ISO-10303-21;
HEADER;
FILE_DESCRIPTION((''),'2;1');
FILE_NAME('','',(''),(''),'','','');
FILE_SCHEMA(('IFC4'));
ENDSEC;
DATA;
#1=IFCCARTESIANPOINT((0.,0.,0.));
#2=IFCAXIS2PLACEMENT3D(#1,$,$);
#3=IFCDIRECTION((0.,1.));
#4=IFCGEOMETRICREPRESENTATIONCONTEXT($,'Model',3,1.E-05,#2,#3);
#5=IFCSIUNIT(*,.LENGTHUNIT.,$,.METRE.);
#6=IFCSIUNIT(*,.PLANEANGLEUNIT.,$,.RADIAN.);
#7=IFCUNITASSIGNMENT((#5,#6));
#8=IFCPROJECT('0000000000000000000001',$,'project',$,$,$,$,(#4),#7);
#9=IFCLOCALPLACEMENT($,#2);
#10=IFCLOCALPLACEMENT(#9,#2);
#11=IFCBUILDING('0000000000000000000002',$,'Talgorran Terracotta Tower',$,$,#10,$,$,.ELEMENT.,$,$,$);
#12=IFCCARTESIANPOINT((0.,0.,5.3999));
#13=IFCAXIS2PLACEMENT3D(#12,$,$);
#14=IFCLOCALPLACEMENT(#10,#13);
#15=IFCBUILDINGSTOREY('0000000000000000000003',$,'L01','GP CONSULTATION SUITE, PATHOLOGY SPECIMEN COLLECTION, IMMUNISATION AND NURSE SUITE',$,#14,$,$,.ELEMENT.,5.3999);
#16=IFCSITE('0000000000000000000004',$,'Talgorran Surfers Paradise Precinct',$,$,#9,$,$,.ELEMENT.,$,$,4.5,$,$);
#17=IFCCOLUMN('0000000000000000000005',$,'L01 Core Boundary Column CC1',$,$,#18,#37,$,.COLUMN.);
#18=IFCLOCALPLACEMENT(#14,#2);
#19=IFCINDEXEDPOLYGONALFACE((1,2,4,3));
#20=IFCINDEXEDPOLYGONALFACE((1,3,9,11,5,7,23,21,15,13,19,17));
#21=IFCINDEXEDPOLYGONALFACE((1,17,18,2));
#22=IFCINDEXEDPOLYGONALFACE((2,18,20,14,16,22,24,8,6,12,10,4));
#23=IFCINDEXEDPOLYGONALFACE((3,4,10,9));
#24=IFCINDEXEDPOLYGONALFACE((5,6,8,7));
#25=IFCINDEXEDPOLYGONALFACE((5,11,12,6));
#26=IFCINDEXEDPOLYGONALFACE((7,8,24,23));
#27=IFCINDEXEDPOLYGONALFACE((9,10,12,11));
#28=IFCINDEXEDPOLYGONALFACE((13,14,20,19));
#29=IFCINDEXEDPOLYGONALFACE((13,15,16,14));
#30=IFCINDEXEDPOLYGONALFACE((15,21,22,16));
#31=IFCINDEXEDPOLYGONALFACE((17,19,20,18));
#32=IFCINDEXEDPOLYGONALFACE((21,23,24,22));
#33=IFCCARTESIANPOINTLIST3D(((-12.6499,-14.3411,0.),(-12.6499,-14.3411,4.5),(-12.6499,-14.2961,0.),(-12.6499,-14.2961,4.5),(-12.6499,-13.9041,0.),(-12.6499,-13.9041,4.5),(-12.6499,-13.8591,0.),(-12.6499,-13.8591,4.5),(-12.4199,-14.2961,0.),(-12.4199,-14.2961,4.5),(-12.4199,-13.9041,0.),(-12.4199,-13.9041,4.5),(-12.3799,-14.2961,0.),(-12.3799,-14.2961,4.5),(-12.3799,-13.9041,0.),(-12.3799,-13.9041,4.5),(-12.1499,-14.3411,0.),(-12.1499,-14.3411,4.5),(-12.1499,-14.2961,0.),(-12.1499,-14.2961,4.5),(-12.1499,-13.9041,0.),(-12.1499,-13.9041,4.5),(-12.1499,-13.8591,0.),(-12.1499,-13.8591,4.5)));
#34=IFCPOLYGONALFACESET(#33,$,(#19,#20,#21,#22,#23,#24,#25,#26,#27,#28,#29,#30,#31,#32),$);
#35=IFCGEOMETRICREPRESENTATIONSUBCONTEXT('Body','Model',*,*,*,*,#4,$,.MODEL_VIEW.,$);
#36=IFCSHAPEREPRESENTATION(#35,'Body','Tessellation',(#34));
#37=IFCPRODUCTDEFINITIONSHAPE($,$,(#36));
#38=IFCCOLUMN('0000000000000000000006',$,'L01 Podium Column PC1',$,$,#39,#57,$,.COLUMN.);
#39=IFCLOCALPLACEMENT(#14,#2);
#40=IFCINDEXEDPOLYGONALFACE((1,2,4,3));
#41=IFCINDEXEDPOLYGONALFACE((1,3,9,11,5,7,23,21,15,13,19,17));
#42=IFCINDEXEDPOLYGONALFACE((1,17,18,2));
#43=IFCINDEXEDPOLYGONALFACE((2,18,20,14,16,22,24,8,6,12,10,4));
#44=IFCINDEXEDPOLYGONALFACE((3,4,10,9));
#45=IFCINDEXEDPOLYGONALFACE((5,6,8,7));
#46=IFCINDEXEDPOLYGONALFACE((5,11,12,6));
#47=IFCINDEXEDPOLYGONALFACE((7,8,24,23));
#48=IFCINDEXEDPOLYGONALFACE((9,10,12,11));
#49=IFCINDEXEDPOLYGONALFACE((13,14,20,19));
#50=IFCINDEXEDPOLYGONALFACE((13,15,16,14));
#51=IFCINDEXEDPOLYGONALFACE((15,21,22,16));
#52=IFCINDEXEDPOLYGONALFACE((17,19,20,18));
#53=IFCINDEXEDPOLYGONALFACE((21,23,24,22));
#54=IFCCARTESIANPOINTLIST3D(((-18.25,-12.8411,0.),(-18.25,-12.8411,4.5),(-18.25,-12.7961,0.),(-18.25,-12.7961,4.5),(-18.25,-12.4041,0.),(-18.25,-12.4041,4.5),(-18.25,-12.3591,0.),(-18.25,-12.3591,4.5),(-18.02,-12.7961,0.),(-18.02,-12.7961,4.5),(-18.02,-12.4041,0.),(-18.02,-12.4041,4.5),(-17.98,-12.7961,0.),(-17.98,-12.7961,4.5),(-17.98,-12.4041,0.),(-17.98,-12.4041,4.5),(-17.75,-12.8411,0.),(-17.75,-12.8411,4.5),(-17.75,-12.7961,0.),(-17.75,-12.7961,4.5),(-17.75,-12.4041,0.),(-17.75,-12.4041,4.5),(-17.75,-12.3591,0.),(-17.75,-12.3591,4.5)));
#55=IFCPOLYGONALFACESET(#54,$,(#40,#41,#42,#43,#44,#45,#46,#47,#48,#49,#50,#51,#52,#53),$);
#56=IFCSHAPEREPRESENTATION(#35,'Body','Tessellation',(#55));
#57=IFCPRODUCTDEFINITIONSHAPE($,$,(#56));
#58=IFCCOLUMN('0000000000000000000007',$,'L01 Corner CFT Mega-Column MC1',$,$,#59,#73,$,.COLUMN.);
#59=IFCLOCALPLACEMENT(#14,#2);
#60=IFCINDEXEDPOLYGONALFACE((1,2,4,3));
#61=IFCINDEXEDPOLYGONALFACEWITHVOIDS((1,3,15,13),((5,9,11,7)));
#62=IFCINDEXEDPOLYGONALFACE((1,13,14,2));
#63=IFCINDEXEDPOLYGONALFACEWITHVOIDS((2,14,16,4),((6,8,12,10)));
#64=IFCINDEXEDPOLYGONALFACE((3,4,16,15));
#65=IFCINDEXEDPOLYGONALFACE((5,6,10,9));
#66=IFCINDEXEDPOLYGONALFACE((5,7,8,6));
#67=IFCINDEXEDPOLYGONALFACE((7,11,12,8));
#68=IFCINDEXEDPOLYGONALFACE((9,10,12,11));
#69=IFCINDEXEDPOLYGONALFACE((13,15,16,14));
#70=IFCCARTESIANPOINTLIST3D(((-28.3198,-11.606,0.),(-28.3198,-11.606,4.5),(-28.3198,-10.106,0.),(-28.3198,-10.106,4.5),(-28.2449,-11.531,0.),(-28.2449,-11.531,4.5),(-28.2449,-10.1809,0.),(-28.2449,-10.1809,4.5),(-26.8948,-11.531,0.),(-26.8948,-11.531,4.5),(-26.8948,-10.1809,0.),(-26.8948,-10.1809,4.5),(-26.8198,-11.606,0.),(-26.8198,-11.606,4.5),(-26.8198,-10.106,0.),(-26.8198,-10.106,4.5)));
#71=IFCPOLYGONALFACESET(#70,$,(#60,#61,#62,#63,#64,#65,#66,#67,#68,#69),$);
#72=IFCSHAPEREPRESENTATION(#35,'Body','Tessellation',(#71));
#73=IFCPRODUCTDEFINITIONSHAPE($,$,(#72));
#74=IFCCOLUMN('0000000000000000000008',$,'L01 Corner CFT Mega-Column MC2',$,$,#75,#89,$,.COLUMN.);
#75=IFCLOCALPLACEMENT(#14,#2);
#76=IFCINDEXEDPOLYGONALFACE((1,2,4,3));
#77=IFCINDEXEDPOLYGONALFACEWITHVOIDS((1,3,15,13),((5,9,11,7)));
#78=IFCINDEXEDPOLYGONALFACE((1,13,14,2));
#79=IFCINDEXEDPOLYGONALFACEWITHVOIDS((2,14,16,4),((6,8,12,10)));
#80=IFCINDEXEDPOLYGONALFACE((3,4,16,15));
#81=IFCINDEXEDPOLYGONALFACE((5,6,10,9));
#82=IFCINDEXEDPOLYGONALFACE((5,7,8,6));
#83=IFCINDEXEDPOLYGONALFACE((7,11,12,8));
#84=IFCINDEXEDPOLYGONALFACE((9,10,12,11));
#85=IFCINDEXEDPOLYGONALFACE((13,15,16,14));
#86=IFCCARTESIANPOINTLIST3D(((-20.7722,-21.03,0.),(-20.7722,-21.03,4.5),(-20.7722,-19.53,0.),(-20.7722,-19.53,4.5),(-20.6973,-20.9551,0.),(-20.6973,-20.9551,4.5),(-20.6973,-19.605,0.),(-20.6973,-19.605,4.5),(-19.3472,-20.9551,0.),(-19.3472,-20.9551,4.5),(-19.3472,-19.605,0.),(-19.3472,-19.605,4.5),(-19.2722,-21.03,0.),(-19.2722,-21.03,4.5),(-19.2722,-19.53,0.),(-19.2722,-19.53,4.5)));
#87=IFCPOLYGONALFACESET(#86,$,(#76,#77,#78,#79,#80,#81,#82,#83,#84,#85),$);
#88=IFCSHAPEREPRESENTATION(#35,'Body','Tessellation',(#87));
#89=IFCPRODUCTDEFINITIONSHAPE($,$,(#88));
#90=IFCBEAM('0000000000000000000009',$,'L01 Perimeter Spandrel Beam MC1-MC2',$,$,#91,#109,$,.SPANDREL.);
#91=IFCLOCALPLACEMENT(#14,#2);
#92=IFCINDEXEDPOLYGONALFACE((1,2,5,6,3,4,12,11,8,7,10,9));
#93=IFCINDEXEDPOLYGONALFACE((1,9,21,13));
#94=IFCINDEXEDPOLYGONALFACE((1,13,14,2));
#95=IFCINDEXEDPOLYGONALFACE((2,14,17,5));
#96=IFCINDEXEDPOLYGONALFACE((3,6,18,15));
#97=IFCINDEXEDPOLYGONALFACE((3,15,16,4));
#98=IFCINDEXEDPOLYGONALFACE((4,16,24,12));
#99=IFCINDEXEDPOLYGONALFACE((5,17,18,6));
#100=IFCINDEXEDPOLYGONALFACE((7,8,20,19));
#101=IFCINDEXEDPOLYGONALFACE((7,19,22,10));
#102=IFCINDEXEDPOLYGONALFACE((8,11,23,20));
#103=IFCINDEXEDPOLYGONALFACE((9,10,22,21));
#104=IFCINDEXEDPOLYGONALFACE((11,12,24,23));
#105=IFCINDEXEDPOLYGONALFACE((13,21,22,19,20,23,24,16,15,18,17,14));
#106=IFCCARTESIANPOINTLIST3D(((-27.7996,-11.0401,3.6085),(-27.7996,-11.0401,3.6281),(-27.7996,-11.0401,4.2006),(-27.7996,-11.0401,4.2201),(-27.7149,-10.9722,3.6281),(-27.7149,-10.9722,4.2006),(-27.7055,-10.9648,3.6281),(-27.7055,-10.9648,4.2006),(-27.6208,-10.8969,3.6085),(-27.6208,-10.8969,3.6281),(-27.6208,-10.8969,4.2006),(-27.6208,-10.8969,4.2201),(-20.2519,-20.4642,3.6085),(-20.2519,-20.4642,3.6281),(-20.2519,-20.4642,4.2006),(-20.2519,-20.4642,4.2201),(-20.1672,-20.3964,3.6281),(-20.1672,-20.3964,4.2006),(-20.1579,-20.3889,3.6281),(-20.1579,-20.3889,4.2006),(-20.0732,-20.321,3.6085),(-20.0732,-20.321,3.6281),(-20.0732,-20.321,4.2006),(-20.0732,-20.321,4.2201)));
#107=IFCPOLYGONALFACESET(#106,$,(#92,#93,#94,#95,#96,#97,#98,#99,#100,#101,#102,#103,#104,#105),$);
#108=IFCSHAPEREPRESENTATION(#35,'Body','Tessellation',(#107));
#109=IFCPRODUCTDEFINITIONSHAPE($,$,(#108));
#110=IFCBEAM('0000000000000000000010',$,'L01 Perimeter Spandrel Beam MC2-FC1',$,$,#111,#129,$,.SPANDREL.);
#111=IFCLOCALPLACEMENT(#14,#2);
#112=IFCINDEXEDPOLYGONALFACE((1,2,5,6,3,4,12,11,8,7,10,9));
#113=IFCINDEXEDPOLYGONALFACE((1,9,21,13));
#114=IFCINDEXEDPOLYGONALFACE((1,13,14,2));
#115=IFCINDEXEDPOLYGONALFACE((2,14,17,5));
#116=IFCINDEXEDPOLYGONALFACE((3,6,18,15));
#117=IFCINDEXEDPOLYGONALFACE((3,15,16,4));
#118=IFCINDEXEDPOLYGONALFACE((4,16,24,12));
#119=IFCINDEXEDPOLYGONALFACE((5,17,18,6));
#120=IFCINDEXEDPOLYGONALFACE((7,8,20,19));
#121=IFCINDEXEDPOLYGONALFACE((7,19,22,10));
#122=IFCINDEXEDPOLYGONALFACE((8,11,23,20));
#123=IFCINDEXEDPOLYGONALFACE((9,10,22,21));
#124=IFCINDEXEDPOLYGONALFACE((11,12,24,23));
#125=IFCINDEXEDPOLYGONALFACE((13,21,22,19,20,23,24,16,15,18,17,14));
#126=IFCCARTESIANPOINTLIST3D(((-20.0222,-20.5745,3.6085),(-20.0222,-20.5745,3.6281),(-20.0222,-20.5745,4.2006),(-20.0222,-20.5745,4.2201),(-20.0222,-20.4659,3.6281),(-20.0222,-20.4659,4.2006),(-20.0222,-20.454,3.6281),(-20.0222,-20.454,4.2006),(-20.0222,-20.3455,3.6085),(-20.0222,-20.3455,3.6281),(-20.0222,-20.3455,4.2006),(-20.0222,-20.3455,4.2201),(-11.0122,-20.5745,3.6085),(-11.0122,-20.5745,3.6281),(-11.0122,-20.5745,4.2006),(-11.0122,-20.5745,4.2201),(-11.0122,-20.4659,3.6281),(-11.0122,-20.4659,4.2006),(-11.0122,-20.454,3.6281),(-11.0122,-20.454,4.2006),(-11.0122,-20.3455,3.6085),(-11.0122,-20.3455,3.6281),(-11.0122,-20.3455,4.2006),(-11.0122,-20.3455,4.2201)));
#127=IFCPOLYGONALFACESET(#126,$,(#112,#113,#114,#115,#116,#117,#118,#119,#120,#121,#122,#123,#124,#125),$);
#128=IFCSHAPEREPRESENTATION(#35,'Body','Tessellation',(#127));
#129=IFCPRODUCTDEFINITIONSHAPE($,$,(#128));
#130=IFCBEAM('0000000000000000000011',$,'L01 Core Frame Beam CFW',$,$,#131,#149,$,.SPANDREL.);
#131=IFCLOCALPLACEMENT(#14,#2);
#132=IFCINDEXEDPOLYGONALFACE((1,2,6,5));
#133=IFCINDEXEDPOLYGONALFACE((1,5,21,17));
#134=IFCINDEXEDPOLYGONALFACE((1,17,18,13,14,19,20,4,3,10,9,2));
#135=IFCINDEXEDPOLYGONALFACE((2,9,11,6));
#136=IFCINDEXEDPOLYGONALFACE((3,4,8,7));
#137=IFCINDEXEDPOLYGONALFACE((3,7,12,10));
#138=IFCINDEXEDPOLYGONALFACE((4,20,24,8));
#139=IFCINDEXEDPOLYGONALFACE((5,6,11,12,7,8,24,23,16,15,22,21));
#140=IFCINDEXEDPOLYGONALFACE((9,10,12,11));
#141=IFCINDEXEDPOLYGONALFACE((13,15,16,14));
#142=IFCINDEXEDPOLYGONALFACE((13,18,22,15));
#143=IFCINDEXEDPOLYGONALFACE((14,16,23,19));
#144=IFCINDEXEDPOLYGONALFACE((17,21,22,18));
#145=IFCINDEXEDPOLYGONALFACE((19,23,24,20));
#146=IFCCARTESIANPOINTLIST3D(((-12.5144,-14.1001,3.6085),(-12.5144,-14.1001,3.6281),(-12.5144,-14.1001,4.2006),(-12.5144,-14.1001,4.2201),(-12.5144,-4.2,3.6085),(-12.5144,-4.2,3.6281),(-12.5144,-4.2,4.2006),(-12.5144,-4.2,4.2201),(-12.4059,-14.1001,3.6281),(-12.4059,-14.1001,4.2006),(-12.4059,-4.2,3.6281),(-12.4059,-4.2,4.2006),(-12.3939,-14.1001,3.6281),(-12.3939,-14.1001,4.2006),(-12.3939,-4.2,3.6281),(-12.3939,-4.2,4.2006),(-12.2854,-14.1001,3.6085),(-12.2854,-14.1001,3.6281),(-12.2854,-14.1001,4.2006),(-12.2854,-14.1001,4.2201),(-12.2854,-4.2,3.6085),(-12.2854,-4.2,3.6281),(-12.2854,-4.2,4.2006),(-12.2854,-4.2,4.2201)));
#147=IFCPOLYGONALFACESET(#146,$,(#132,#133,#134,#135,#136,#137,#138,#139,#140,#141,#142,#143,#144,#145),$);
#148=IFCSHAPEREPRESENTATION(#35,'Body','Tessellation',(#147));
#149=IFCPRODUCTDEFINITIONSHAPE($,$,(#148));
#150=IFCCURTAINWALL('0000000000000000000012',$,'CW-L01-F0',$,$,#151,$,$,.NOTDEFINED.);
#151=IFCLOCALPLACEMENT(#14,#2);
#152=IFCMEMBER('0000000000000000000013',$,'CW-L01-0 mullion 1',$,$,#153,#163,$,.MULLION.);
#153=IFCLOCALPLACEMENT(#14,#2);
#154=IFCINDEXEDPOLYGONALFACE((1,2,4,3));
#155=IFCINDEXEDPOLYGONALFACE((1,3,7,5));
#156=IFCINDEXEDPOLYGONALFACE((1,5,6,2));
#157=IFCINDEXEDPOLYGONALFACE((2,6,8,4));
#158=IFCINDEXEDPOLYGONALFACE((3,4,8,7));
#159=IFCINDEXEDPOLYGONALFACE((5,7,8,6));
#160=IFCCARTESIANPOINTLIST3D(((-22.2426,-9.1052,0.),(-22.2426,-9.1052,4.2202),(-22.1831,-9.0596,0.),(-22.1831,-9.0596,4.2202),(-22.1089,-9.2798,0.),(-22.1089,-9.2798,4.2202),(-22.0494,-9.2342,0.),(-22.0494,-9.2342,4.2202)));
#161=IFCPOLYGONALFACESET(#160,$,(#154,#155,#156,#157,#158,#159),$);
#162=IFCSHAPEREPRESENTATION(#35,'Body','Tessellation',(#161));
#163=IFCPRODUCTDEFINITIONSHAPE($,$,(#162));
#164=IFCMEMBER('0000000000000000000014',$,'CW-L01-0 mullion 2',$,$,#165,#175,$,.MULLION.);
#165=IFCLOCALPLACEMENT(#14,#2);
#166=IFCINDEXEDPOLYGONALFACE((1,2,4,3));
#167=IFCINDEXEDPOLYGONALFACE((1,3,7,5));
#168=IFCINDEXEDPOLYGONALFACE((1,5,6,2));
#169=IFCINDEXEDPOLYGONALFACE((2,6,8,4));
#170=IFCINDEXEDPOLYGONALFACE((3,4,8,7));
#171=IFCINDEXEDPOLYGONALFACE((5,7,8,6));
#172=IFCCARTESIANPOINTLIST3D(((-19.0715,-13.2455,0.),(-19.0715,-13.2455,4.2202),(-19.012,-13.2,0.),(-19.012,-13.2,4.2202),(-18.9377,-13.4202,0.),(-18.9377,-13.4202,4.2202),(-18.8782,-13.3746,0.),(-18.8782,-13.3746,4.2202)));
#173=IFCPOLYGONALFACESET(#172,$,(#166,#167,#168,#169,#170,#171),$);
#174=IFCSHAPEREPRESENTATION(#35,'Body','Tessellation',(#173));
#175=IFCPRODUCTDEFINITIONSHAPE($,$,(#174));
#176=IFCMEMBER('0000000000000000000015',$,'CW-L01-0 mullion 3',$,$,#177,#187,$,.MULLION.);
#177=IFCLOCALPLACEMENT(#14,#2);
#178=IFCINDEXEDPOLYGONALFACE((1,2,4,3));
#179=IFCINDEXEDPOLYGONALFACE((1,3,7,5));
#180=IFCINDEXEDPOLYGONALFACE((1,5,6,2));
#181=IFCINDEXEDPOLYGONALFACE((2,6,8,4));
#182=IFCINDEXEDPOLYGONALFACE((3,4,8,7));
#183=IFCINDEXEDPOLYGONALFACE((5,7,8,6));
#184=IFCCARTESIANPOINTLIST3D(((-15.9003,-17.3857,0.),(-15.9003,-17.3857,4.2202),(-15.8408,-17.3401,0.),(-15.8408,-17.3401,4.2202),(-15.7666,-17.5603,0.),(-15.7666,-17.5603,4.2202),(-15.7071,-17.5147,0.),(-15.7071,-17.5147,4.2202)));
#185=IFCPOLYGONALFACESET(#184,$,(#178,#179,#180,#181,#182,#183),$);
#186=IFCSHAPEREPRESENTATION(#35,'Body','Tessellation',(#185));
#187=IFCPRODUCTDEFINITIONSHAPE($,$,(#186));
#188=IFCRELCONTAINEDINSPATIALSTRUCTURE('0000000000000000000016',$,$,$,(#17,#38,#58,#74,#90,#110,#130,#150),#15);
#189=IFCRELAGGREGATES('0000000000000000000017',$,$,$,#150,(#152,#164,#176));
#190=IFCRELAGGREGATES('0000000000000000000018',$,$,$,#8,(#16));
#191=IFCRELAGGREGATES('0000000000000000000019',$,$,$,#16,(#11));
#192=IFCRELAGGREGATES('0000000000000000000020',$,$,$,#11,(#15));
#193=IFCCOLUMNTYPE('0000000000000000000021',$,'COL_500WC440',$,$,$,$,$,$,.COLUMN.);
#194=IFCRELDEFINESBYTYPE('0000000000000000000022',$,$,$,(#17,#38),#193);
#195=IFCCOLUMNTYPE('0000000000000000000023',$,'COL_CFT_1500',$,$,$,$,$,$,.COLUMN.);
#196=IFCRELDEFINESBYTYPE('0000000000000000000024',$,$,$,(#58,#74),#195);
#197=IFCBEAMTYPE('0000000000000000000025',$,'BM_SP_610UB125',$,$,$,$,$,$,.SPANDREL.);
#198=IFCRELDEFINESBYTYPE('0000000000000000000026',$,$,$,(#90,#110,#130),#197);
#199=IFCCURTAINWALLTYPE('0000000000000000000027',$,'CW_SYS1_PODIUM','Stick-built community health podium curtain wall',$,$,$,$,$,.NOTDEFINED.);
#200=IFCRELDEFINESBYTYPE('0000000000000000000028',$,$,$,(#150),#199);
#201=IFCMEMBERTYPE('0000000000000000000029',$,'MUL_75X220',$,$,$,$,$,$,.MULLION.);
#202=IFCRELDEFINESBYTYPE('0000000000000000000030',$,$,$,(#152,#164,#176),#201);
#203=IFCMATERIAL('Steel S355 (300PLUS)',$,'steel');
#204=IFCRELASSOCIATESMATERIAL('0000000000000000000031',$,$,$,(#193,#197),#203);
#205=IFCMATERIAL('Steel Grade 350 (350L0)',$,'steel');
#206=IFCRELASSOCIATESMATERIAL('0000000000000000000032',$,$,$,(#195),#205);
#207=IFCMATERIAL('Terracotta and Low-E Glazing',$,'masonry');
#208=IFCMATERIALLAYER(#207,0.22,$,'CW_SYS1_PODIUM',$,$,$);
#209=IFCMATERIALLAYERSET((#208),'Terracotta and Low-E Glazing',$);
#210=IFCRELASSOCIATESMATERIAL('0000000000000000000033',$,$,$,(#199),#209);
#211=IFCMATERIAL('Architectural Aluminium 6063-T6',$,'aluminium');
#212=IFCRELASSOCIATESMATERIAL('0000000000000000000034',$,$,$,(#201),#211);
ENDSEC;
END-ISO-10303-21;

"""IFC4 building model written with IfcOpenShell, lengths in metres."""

from ifc_helpers import new_model, si_unit, direction, frame, origin, origin_2d, place, context, subcontext, project, spatial, rectangle, hollow_rectangle, i_section, extrude, material, layer, layer_set, material_profile, profile_set, type_object, element, aggregate, save


model = new_model("IFC4")

# Units and contexts
model_context = context("Model", 3, precision=1e-05, world=origin(), true_north=direction((0.0, 1.0)))
body_context = subcontext(model_context, "Body", "Model", "MODEL_VIEW")
ifc_project = project(units=[si_unit("LENGTHUNIT", "METRE"), si_unit("PLANEANGLEUNIT", "RADIAN")], contexts=[model_context])

# Site, building, storey
site_placement = place(None, origin())
site = spatial("IfcSite", under=ifc_project, at=site_placement, Name="Talgorran Surfers Paradise Precinct", CompositionType="ELEMENT", RefElevation=4.5)
building_placement = place(site_placement, origin())
building = spatial("IfcBuilding", under=site, at=building_placement, Name="Talgorran Terracotta Tower", CompositionType="ELEMENT")
storey_placement = place(building_placement, frame((0.0, 0.0, 5.3999)))
storey = spatial("IfcBuildingStorey", under=building, at=storey_placement, Name="L01", Description="GP CONSULTATION SUITE, PATHOLOGY SPECIMEN COLLECTION, IMMUNISATION AND NURSE SUITE", CompositionType="ELEMENT", Elevation=5.3999)

# Columns
ifc_material_1 = material(Name="Steel S355 (300PLUS)", Category="steel")
ifc_material_profile_1 = material_profile(ifc_material_1, i_section(OverallWidth=0.5, OverallDepth=0.4819, WebThickness=0.04, FlangeThickness=0.0449, at=origin_2d()), Name="500WC440")
ifc_profile_set_1 = profile_set([ifc_material_profile_1], Name="Steel S355 (300PLUS)")
column_type_1 = type_object("IfcColumnType", Name="COL_500WC440", PredefinedType="COLUMN", material=ifc_profile_set_1)
for number, where, z_axis, x_axis, name in (
    (1, (-12.3999, -14.1001, 0.0), (0.0, 0.0, 1.0), (1.0, 0.0, 0.0), "L01 Core Boundary Column CC1"),
    (2, (-18.0, -12.6001, 0.0), (0.0, 0.0, 1.0), (1.0, 0.0, 0.0), "L01 Podium Column PC1"),
):
    element("IfcColumn", number, at=place(storey_placement, frame(where, z_axis=z_axis, x_axis=x_axis)), inside=storey, type_object=column_type_1, Name=name, PredefinedType="COLUMN", context=body_context, shape_type="SweptSolid", body=[
        extrude(i_section(OverallWidth=0.5, OverallDepth=0.4819, WebThickness=0.04, FlangeThickness=0.0449, at=origin_2d()), origin(), (0.0, 0.0, 1.0), 4.5),
    ])
ifc_material_2 = material(Name="Steel Grade 350 (350L0)", Category="steel")
ifc_material_profile_2 = material_profile(ifc_material_2, hollow_rectangle(XDim=1.5, YDim=1.5, WallThickness=0.075, at=origin_2d()), Name="CFT1500X1500X75")
ifc_profile_set_2 = profile_set([ifc_material_profile_2], Name="Steel Grade 350 (350L0)")
column_type_2 = type_object("IfcColumnType", Name="COL_CFT_1500", PredefinedType="COLUMN", material=ifc_profile_set_2)
for number, where, z_axis, x_axis, name in (
    (3, (-27.5698, -10.856, 0.0), (0.0, 0.0, 1.0), (1.0, 0.0, 0.0), "L01 Corner CFT Mega-Column MC1"),
    (4, (-20.0222, -20.28, 0.0), (0.0, 0.0, 1.0), (1.0, 0.0, 0.0), "L01 Corner CFT Mega-Column MC2"),
):
    element("IfcColumn", number, at=place(storey_placement, frame(where, z_axis=z_axis, x_axis=x_axis)), inside=storey, type_object=column_type_2, Name=name, PredefinedType="COLUMN", context=body_context, shape_type="SweptSolid", body=[
        extrude(hollow_rectangle(XDim=1.5, YDim=1.5, WallThickness=0.075, at=origin_2d()), origin(), (0.0, 0.0, 1.0), 4.5),
    ])

# Beams
ifc_material_profile_3 = material_profile(ifc_material_1, i_section(OverallWidth=0.229, OverallDepth=0.6116, WebThickness=0.012, FlangeThickness=0.0195, at=origin_2d()), Name="610UB125")
ifc_profile_set_3 = profile_set([ifc_material_profile_3], Name="Steel S355 (300PLUS)")
beam_type = type_object("IfcBeamType", Name="BM_SP_610UB125", PredefinedType="SPANDREL", material=ifc_profile_set_3)
beam_1_placement = place(storey_placement, frame((-27.7102, -10.9685, 3.9143), z_axis=(0.625117, -0.780531, 0.0), x_axis=(0.780531, 0.625117, 0.0)))
element("IfcBeam", 5, at=beam_1_placement, inside=storey, type_object=beam_type, Name="L01 Perimeter Spandrel Beam MC1-MC2", PredefinedType="SPANDREL", context=body_context, shape_type="SweptSolid", body=[
    extrude(i_section(OverallWidth=0.229, OverallDepth=0.6116, WebThickness=0.012, FlangeThickness=0.0195, at=origin_2d()), origin(), (0.0, 0.0, 1.0), 12.074),
])
beam_2_placement = place(storey_placement, frame((-20.0222, -20.46, 3.9143), z_axis=(1.0, 0.0, 0.0), x_axis=(0.0, 1.0, 0.0)))
element("IfcBeam", 6, at=beam_2_placement, inside=storey, type_object=beam_type, Name="L01 Perimeter Spandrel Beam MC2-FC1", PredefinedType="SPANDREL", context=body_context, shape_type="SweptSolid", body=[
    extrude(i_section(OverallWidth=0.229, OverallDepth=0.6116, WebThickness=0.012, FlangeThickness=0.0195, at=origin_2d()), origin(), (0.0, 0.0, 1.0), 9.01),
])
beam_3_placement = place(storey_placement, frame((-12.3999, -14.1001, 3.9143), z_axis=(0.0, 1.0, 0.0), x_axis=(-1.0, 0.0, 0.0)))
element("IfcBeam", 7, at=beam_3_placement, inside=storey, type_object=beam_type, Name="L01 Core Frame Beam CFW", PredefinedType="SPANDREL", context=body_context, shape_type="SweptSolid", body=[
    extrude(i_section(OverallWidth=0.229, OverallDepth=0.6116, WebThickness=0.012, FlangeThickness=0.0195, at=origin_2d()), origin(), (0.0, 0.0, 1.0), 9.9001),
])

# Curtain wall, members
ifc_material_3 = material(Name="Terracotta and Low-E Glazing", Category="masonry")
ifc_layer_1 = layer(ifc_material_3, 0.22, Name="CW_SYS1_PODIUM")
ifc_layer_set_1 = layer_set([ifc_layer_1], Name="Terracotta and Low-E Glazing")
curtain_wall_type = type_object("IfcCurtainWallType", Name="CW_SYS1_PODIUM", Description="Stick-built community health podium curtain wall", PredefinedType="NOTDEFINED", material=ifc_layer_set_1)
curtain_wall_1_placement = place(storey_placement, origin())
curtain_wall_1 = element("IfcCurtainWall", 8, at=curtain_wall_1_placement, inside=storey, type_object=curtain_wall_type, Name="CW-L01-F0", PredefinedType="NOTDEFINED")
ifc_material_4 = material(Name="Architectural Aluminium 6063-T6", Category="aluminium")
ifc_material_profile_4 = material_profile(ifc_material_4, rectangle(XDim=0.075, YDim=0.22, at=origin_2d()), Name="CWM75X220")
ifc_profile_set_4 = profile_set([ifc_material_profile_4], Name="Architectural Aluminium 6063-T6")
member_type_1 = type_object("IfcMemberType", Name="MUL_75X220", PredefinedType="MULLION", material=ifc_profile_set_4)
member_1_placement = place(storey_placement, frame((-22.146, -9.1697, 0.0), z_axis=(0.0, 0.0, 1.0), x_axis=(0.793882, 0.608072, 0.0)))
member_1 = element("IfcMember", 9, at=member_1_placement, type_object=member_type_1, Name="CW-L01-0 mullion 1", PredefinedType="MULLION", context=body_context, shape_type="SweptSolid", body=[
    extrude(rectangle(XDim=0.075, YDim=0.22, at=origin_2d()), origin(), (0.0, 0.0, 1.0), 4.2202),
])
member_2_placement = place(storey_placement, frame((-18.9749, -13.3101, 0.0), z_axis=(0.0, 0.0, 1.0), x_axis=(0.793882, 0.608072, 0.0)))
member_2 = element("IfcMember", 10, at=member_2_placement, type_object=member_type_1, Name="CW-L01-0 mullion 2", PredefinedType="MULLION", context=body_context, shape_type="SweptSolid", body=[
    extrude(rectangle(XDim=0.075, YDim=0.22, at=origin_2d()), origin(), (0.0, 0.0, 1.0), 4.2202),
])
member_3_placement = place(storey_placement, frame((-15.8037, -17.4502, 0.0), z_axis=(0.0, 0.0, 1.0), x_axis=(0.793882, 0.608072, 0.0)))
member_3 = element("IfcMember", 11, at=member_3_placement, type_object=member_type_1, Name="CW-L01-0 mullion 3", PredefinedType="MULLION", context=body_context, shape_type="SweptSolid", body=[
    extrude(rectangle(XDim=0.075, YDim=0.22, at=origin_2d()), origin(), (0.0, 0.0, 1.0), 4.2202),
])

aggregate(curtain_wall_1, [member_1, member_2, member_3])

save(model, "model.ifc")
